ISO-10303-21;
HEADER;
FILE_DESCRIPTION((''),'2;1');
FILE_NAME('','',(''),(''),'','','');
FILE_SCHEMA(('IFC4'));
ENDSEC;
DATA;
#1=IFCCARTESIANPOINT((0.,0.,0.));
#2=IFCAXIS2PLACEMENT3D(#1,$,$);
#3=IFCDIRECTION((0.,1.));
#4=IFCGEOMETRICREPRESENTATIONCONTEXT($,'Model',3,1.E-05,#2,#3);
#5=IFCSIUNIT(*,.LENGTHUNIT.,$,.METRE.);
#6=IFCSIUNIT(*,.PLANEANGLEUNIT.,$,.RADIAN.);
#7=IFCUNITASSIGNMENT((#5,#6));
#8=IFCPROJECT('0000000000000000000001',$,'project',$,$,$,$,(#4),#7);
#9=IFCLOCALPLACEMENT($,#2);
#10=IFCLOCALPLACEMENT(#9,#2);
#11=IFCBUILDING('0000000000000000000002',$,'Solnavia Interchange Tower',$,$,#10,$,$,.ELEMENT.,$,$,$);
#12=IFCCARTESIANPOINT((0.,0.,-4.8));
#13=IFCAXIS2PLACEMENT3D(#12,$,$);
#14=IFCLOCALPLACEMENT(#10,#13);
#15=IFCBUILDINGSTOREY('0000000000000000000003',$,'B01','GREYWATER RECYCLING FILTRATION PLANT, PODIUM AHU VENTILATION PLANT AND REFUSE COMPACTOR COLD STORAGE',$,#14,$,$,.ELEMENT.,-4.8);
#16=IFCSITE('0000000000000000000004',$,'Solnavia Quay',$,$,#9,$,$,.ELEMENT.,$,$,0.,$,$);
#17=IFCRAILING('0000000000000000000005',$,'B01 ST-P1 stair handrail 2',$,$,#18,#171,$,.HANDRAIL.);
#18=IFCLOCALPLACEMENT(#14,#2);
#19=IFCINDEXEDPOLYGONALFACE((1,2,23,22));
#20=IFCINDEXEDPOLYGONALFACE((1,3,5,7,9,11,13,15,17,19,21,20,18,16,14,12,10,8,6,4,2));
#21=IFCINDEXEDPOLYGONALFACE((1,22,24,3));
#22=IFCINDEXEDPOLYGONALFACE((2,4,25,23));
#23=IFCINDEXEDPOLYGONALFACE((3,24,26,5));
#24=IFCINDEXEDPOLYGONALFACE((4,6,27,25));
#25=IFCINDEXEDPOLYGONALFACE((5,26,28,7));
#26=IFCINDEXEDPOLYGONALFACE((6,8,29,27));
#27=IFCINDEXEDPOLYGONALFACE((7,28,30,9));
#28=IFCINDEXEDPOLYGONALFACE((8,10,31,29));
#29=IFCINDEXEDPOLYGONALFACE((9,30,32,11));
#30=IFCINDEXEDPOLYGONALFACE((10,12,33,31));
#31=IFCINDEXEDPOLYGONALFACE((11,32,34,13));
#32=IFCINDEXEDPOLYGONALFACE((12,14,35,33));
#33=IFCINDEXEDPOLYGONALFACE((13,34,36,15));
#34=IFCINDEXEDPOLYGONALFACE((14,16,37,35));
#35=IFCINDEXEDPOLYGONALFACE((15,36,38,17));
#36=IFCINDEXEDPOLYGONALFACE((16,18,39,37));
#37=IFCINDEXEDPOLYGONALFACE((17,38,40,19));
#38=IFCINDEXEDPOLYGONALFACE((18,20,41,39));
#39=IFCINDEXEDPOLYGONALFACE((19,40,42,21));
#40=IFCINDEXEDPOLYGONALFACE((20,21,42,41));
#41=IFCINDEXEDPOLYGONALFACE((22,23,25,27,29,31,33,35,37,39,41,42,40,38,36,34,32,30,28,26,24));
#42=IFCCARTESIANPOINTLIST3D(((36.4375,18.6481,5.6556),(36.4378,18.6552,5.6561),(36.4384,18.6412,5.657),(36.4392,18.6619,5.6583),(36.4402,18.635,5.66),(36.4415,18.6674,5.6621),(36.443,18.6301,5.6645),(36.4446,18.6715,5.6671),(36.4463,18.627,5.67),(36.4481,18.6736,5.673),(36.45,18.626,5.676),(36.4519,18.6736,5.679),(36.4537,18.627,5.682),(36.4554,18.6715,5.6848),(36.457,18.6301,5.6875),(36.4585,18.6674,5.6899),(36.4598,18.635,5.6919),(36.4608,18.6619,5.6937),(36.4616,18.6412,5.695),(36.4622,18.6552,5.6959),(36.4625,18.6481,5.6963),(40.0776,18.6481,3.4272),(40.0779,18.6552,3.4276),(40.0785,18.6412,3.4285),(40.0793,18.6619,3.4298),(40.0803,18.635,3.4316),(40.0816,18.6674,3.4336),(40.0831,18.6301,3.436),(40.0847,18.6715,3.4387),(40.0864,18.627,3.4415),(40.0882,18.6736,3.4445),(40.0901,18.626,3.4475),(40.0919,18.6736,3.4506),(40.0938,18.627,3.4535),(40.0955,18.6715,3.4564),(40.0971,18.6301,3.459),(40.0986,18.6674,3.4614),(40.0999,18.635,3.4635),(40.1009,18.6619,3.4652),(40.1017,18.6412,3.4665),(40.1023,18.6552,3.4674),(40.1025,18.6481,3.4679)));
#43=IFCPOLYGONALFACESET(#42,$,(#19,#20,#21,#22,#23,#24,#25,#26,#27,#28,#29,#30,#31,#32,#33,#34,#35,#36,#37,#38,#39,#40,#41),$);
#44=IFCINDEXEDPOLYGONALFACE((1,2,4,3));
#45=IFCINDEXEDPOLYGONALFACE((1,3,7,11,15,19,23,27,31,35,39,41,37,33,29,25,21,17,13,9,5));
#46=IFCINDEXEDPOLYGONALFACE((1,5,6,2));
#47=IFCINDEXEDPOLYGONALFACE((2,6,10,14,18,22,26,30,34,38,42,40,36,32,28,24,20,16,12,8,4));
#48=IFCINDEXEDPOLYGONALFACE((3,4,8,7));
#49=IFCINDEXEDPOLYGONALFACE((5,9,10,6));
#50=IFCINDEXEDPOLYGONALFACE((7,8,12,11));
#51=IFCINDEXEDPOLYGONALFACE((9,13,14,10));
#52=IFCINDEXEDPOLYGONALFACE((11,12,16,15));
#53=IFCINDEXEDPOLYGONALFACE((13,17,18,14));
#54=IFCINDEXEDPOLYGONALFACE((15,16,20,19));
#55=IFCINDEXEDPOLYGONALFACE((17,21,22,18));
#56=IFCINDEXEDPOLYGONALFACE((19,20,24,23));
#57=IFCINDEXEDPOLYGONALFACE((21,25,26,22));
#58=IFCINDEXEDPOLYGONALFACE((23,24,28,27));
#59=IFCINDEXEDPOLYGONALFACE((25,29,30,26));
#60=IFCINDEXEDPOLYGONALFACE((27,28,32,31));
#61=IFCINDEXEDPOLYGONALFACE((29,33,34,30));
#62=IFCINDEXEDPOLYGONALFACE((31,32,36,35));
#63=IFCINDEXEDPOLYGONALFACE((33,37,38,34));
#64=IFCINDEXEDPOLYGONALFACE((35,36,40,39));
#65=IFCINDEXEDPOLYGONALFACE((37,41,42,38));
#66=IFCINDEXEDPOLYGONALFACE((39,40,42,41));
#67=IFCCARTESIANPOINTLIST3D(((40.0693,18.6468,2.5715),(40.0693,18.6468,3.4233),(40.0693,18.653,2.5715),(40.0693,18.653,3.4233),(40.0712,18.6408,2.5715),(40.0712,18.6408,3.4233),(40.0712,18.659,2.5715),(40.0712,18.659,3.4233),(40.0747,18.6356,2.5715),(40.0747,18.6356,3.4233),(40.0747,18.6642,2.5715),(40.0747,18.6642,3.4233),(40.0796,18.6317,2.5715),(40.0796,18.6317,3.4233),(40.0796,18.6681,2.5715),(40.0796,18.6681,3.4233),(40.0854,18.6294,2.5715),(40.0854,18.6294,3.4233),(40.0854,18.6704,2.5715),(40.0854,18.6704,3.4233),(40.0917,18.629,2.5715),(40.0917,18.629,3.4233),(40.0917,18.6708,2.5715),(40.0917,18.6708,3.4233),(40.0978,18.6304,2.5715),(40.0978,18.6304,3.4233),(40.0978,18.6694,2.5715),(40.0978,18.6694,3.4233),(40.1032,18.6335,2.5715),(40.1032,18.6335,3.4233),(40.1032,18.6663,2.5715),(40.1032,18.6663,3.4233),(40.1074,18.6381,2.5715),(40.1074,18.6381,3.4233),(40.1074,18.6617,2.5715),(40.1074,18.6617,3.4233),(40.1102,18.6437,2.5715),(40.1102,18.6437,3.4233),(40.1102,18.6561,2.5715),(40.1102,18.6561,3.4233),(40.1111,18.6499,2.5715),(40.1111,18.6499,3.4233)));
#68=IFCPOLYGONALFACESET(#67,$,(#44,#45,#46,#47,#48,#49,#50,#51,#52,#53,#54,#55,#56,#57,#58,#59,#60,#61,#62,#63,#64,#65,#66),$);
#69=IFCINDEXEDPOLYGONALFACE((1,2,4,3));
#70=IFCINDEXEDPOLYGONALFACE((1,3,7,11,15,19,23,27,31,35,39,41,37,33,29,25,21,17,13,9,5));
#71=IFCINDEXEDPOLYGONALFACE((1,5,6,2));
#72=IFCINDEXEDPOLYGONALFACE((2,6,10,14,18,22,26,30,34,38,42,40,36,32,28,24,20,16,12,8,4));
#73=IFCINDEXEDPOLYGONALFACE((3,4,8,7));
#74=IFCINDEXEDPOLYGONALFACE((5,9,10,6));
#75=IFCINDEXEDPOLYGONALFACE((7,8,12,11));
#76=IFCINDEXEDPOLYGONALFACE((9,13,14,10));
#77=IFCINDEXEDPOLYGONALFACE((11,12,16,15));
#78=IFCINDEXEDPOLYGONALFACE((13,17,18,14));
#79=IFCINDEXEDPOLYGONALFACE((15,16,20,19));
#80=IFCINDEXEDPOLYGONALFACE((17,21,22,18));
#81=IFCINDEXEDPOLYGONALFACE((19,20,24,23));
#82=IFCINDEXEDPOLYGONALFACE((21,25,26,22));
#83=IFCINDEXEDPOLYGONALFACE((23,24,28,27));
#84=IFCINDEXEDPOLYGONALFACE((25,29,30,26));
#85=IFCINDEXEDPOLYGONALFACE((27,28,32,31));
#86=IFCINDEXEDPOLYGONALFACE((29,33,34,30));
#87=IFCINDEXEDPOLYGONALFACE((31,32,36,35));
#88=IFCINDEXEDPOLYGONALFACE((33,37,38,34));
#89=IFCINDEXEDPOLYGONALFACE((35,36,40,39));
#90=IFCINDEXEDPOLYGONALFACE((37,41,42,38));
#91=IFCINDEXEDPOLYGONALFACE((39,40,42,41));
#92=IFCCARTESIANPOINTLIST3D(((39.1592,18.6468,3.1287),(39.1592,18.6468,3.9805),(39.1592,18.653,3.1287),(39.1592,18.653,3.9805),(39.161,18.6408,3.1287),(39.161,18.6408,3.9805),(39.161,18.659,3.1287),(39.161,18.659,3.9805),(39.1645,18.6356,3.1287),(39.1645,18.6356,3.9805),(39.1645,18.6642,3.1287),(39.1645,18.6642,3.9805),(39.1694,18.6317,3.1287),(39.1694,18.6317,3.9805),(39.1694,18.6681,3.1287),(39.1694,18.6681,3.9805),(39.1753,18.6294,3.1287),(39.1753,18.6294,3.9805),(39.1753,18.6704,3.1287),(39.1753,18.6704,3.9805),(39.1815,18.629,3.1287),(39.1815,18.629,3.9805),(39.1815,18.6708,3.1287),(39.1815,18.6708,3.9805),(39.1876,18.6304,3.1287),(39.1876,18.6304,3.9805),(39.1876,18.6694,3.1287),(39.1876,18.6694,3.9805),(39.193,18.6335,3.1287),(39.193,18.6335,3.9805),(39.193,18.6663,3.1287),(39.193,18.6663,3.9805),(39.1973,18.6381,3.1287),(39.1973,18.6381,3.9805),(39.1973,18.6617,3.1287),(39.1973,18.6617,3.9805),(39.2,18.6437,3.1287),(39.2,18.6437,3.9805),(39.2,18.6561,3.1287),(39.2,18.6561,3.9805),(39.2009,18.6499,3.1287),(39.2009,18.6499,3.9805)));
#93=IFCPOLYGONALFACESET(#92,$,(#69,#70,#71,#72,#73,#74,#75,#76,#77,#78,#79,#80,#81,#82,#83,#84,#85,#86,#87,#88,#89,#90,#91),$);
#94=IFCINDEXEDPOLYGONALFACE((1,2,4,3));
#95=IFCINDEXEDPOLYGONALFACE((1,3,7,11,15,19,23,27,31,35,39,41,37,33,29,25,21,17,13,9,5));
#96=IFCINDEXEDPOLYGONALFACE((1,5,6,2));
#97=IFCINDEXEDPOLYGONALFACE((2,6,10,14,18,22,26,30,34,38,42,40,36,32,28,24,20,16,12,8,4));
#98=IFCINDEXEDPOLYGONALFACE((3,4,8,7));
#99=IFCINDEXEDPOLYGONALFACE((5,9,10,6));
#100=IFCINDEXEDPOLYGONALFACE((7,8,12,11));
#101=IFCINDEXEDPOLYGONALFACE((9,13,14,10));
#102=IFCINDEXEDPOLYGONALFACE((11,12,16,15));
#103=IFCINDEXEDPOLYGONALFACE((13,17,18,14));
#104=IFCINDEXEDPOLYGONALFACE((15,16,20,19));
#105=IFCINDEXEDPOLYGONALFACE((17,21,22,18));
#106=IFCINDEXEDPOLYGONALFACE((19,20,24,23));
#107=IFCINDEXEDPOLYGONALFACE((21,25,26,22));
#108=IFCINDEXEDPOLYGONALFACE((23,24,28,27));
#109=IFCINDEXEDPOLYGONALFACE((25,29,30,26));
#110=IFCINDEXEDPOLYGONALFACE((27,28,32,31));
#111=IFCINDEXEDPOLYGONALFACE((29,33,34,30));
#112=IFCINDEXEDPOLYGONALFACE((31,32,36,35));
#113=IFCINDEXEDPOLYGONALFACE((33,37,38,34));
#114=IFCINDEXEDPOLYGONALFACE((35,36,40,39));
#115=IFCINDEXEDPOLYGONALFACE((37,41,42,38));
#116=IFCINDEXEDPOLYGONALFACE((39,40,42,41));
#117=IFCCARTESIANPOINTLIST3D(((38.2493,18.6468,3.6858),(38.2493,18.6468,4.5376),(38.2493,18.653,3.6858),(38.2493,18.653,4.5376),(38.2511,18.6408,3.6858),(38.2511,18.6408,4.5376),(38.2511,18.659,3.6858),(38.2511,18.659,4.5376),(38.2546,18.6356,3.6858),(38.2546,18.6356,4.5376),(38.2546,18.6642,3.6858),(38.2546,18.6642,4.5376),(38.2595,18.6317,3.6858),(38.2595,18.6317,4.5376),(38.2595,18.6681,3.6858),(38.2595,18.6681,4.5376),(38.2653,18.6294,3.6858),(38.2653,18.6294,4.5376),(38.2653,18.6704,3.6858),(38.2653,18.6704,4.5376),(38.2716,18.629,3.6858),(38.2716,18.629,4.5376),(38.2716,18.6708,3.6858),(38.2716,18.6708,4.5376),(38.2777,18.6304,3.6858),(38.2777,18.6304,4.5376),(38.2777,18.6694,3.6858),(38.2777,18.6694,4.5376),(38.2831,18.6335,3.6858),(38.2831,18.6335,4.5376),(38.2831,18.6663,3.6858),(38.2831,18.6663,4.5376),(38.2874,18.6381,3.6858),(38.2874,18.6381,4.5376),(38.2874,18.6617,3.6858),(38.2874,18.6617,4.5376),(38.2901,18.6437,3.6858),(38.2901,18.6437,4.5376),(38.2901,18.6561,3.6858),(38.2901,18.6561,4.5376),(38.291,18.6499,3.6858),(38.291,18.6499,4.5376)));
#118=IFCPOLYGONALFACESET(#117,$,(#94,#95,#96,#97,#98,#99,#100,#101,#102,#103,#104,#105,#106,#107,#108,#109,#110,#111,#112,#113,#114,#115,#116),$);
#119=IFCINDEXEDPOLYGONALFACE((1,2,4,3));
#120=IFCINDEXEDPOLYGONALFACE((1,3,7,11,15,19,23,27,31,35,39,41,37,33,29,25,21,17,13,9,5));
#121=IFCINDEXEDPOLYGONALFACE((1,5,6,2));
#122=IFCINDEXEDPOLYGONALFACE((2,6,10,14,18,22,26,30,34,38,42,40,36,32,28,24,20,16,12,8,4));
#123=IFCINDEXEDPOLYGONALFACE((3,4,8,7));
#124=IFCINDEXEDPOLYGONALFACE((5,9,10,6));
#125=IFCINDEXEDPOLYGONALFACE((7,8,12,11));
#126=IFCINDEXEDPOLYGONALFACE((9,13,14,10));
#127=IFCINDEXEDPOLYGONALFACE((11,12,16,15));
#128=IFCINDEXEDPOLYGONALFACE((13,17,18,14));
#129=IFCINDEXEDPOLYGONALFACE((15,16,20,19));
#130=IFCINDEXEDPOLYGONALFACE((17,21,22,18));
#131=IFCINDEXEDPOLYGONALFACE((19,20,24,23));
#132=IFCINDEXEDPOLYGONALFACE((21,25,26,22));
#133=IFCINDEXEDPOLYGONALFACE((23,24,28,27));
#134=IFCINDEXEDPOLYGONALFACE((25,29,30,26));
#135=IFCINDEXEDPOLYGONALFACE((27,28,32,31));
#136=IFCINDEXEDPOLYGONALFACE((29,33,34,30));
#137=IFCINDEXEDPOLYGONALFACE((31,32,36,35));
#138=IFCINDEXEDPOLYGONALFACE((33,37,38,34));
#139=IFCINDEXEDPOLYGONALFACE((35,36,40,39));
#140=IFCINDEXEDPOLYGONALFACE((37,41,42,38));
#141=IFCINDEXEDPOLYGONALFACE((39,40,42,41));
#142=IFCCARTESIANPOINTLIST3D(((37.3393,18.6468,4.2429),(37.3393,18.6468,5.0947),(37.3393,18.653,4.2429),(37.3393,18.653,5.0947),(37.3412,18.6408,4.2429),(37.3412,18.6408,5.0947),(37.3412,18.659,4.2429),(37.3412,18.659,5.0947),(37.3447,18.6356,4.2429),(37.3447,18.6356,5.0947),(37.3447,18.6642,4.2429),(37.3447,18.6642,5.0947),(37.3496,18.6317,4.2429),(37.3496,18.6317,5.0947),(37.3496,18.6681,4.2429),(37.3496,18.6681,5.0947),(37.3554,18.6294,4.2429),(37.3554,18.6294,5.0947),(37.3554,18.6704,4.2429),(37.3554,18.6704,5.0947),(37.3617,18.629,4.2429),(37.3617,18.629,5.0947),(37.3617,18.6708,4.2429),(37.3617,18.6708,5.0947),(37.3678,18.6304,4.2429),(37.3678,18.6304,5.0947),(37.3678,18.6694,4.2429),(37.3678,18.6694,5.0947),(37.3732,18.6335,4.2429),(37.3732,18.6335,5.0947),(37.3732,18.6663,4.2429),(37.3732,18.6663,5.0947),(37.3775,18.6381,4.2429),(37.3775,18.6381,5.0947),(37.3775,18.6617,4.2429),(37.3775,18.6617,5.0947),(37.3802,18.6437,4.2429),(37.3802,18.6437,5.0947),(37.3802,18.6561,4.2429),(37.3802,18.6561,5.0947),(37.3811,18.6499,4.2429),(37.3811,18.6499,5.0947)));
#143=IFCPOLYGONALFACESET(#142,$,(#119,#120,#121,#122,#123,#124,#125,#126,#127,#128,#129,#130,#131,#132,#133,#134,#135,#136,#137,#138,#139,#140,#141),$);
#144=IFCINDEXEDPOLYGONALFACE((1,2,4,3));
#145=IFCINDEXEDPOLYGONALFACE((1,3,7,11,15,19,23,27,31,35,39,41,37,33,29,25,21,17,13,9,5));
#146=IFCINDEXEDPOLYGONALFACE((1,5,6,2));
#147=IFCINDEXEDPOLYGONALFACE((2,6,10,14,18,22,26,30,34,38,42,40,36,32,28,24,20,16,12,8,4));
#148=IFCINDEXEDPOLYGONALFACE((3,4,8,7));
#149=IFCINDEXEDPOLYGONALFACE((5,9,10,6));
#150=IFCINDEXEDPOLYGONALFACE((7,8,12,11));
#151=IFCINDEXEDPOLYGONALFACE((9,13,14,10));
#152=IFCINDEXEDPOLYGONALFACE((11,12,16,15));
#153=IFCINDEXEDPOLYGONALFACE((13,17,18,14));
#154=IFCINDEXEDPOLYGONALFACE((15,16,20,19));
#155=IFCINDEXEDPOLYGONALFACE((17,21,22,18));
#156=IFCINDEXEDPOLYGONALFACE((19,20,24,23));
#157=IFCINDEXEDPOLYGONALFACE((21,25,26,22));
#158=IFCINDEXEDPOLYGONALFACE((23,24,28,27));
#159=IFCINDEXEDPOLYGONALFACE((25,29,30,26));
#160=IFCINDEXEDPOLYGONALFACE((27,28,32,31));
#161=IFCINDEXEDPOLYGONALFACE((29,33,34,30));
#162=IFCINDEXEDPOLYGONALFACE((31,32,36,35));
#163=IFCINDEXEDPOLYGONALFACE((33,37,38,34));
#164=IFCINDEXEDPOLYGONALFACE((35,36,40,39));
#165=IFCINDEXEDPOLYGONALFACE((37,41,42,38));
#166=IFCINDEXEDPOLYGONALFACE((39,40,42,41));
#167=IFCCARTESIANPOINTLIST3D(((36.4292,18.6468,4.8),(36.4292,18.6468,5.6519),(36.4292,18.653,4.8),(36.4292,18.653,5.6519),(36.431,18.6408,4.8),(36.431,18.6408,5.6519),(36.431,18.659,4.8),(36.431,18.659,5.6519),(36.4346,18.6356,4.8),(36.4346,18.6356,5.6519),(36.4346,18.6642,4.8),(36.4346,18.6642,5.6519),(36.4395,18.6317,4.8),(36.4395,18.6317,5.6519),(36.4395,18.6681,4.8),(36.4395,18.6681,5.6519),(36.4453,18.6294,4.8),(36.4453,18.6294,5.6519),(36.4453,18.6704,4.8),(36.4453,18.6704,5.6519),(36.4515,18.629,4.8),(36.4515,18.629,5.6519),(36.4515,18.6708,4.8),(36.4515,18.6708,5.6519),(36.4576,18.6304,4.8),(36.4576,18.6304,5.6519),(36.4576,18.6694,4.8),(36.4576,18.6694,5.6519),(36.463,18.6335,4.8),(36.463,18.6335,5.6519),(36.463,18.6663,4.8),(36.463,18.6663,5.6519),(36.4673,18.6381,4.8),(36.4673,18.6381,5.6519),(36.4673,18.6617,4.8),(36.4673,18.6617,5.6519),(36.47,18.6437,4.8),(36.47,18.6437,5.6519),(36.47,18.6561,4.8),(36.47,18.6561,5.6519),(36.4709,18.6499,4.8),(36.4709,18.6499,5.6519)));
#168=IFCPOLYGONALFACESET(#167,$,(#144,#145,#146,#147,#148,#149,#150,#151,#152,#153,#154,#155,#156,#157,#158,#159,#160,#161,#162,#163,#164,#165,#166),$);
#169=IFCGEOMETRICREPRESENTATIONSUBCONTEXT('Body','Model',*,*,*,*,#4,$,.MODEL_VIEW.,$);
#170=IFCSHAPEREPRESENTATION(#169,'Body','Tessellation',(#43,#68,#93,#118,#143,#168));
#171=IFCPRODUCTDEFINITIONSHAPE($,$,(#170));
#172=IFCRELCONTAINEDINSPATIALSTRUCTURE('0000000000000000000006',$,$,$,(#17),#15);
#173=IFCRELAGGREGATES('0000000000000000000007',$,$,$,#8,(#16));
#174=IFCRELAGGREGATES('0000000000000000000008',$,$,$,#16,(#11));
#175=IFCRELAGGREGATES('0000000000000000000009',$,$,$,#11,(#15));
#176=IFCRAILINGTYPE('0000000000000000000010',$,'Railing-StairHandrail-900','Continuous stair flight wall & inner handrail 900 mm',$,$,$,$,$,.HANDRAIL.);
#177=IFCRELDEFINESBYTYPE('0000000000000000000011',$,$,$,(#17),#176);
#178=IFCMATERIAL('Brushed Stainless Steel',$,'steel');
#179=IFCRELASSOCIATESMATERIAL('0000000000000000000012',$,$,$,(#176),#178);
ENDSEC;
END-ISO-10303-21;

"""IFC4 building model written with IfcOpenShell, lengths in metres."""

from ifc_helpers import new_model, si_unit, direction, frame, origin, origin_2d, place, context, subcontext, project, spatial, circle, extrude, material, type_object, element, save


model = new_model("IFC4")

# Units and contexts
model_context = context("Model", 3, precision=1e-05, world=origin(), true_north=direction((0.0, 1.0)))
body_context = subcontext(model_context, "Body", "Model", "MODEL_VIEW")
ifc_project = project(units=[si_unit("LENGTHUNIT", "METRE"), si_unit("PLANEANGLEUNIT", "RADIAN")], contexts=[model_context])

# Site, building, storey
site_placement = place(None, origin())
site = spatial("IfcSite", under=ifc_project, at=site_placement, Name="Solnavia Quay", CompositionType="ELEMENT", RefElevation=0.0)
building_placement = place(site_placement, origin())
building = spatial("IfcBuilding", under=site, at=building_placement, Name="Solnavia Interchange Tower", CompositionType="ELEMENT")
storey_placement = place(building_placement, frame((0.0, 0.0, -4.8)))
storey = spatial("IfcBuildingStorey", under=building, at=storey_placement, Name="B01", Description="GREYWATER RECYCLING FILTRATION PLANT, PODIUM AHU VENTILATION PLANT AND REFUSE COMPACTOR COLD STORAGE", CompositionType="ELEMENT", Elevation=-4.8)

# Railing
ifc_material_1 = material(Name="Brushed Stainless Steel", Category="steel")
railing_type_1 = type_object("IfcRailingType", Name="Railing-StairHandrail-900", Description="Continuous stair flight wall & inner handrail 900 mm", PredefinedType="HANDRAIL", material=ifc_material_1)
railing_1_placement = place(storey_placement, frame((40.0901, 18.6499, 2.5715)))
element("IfcRailing", 1, at=railing_1_placement, inside=storey, type_object=railing_type_1, Name="B01 ST-P1 stair handrail 2", PredefinedType="HANDRAIL", context=body_context, shape_type="SweptSolid", body=[
    extrude(circle(Radius=0.0239, at=origin_2d()), frame((0.0, 0.0, 0.876), z_axis=(-0.852866, 0.0, 0.52213), x_axis=(0.0, -1.0, 0.0)), (0.0, 0.0, 1.0), 4.2681),
    extrude(circle(Radius=0.021, at=origin_2d()), origin(), (0.0, 0.0, 1.0), 0.8518),
    extrude(circle(Radius=0.021, at=origin_2d()), frame((-0.9102, 0.0, 0.5571)), (0.0, 0.0, 1.0), 0.8518),
    extrude(circle(Radius=0.021, at=origin_2d()), frame((-1.8201, 0.0, 1.1143)), (0.0, 0.0, 1.0), 0.8518),
    extrude(circle(Radius=0.021, at=origin_2d()), frame((-2.73, 0.0, 1.6714)), (0.0, 0.0, 1.0), 0.8518),
    extrude(circle(Radius=0.021, at=origin_2d()), frame((-3.6401, 0.0, 2.2285)), (0.0, 0.0, 1.0), 0.8518),
])

save(model, "model.ifc")
